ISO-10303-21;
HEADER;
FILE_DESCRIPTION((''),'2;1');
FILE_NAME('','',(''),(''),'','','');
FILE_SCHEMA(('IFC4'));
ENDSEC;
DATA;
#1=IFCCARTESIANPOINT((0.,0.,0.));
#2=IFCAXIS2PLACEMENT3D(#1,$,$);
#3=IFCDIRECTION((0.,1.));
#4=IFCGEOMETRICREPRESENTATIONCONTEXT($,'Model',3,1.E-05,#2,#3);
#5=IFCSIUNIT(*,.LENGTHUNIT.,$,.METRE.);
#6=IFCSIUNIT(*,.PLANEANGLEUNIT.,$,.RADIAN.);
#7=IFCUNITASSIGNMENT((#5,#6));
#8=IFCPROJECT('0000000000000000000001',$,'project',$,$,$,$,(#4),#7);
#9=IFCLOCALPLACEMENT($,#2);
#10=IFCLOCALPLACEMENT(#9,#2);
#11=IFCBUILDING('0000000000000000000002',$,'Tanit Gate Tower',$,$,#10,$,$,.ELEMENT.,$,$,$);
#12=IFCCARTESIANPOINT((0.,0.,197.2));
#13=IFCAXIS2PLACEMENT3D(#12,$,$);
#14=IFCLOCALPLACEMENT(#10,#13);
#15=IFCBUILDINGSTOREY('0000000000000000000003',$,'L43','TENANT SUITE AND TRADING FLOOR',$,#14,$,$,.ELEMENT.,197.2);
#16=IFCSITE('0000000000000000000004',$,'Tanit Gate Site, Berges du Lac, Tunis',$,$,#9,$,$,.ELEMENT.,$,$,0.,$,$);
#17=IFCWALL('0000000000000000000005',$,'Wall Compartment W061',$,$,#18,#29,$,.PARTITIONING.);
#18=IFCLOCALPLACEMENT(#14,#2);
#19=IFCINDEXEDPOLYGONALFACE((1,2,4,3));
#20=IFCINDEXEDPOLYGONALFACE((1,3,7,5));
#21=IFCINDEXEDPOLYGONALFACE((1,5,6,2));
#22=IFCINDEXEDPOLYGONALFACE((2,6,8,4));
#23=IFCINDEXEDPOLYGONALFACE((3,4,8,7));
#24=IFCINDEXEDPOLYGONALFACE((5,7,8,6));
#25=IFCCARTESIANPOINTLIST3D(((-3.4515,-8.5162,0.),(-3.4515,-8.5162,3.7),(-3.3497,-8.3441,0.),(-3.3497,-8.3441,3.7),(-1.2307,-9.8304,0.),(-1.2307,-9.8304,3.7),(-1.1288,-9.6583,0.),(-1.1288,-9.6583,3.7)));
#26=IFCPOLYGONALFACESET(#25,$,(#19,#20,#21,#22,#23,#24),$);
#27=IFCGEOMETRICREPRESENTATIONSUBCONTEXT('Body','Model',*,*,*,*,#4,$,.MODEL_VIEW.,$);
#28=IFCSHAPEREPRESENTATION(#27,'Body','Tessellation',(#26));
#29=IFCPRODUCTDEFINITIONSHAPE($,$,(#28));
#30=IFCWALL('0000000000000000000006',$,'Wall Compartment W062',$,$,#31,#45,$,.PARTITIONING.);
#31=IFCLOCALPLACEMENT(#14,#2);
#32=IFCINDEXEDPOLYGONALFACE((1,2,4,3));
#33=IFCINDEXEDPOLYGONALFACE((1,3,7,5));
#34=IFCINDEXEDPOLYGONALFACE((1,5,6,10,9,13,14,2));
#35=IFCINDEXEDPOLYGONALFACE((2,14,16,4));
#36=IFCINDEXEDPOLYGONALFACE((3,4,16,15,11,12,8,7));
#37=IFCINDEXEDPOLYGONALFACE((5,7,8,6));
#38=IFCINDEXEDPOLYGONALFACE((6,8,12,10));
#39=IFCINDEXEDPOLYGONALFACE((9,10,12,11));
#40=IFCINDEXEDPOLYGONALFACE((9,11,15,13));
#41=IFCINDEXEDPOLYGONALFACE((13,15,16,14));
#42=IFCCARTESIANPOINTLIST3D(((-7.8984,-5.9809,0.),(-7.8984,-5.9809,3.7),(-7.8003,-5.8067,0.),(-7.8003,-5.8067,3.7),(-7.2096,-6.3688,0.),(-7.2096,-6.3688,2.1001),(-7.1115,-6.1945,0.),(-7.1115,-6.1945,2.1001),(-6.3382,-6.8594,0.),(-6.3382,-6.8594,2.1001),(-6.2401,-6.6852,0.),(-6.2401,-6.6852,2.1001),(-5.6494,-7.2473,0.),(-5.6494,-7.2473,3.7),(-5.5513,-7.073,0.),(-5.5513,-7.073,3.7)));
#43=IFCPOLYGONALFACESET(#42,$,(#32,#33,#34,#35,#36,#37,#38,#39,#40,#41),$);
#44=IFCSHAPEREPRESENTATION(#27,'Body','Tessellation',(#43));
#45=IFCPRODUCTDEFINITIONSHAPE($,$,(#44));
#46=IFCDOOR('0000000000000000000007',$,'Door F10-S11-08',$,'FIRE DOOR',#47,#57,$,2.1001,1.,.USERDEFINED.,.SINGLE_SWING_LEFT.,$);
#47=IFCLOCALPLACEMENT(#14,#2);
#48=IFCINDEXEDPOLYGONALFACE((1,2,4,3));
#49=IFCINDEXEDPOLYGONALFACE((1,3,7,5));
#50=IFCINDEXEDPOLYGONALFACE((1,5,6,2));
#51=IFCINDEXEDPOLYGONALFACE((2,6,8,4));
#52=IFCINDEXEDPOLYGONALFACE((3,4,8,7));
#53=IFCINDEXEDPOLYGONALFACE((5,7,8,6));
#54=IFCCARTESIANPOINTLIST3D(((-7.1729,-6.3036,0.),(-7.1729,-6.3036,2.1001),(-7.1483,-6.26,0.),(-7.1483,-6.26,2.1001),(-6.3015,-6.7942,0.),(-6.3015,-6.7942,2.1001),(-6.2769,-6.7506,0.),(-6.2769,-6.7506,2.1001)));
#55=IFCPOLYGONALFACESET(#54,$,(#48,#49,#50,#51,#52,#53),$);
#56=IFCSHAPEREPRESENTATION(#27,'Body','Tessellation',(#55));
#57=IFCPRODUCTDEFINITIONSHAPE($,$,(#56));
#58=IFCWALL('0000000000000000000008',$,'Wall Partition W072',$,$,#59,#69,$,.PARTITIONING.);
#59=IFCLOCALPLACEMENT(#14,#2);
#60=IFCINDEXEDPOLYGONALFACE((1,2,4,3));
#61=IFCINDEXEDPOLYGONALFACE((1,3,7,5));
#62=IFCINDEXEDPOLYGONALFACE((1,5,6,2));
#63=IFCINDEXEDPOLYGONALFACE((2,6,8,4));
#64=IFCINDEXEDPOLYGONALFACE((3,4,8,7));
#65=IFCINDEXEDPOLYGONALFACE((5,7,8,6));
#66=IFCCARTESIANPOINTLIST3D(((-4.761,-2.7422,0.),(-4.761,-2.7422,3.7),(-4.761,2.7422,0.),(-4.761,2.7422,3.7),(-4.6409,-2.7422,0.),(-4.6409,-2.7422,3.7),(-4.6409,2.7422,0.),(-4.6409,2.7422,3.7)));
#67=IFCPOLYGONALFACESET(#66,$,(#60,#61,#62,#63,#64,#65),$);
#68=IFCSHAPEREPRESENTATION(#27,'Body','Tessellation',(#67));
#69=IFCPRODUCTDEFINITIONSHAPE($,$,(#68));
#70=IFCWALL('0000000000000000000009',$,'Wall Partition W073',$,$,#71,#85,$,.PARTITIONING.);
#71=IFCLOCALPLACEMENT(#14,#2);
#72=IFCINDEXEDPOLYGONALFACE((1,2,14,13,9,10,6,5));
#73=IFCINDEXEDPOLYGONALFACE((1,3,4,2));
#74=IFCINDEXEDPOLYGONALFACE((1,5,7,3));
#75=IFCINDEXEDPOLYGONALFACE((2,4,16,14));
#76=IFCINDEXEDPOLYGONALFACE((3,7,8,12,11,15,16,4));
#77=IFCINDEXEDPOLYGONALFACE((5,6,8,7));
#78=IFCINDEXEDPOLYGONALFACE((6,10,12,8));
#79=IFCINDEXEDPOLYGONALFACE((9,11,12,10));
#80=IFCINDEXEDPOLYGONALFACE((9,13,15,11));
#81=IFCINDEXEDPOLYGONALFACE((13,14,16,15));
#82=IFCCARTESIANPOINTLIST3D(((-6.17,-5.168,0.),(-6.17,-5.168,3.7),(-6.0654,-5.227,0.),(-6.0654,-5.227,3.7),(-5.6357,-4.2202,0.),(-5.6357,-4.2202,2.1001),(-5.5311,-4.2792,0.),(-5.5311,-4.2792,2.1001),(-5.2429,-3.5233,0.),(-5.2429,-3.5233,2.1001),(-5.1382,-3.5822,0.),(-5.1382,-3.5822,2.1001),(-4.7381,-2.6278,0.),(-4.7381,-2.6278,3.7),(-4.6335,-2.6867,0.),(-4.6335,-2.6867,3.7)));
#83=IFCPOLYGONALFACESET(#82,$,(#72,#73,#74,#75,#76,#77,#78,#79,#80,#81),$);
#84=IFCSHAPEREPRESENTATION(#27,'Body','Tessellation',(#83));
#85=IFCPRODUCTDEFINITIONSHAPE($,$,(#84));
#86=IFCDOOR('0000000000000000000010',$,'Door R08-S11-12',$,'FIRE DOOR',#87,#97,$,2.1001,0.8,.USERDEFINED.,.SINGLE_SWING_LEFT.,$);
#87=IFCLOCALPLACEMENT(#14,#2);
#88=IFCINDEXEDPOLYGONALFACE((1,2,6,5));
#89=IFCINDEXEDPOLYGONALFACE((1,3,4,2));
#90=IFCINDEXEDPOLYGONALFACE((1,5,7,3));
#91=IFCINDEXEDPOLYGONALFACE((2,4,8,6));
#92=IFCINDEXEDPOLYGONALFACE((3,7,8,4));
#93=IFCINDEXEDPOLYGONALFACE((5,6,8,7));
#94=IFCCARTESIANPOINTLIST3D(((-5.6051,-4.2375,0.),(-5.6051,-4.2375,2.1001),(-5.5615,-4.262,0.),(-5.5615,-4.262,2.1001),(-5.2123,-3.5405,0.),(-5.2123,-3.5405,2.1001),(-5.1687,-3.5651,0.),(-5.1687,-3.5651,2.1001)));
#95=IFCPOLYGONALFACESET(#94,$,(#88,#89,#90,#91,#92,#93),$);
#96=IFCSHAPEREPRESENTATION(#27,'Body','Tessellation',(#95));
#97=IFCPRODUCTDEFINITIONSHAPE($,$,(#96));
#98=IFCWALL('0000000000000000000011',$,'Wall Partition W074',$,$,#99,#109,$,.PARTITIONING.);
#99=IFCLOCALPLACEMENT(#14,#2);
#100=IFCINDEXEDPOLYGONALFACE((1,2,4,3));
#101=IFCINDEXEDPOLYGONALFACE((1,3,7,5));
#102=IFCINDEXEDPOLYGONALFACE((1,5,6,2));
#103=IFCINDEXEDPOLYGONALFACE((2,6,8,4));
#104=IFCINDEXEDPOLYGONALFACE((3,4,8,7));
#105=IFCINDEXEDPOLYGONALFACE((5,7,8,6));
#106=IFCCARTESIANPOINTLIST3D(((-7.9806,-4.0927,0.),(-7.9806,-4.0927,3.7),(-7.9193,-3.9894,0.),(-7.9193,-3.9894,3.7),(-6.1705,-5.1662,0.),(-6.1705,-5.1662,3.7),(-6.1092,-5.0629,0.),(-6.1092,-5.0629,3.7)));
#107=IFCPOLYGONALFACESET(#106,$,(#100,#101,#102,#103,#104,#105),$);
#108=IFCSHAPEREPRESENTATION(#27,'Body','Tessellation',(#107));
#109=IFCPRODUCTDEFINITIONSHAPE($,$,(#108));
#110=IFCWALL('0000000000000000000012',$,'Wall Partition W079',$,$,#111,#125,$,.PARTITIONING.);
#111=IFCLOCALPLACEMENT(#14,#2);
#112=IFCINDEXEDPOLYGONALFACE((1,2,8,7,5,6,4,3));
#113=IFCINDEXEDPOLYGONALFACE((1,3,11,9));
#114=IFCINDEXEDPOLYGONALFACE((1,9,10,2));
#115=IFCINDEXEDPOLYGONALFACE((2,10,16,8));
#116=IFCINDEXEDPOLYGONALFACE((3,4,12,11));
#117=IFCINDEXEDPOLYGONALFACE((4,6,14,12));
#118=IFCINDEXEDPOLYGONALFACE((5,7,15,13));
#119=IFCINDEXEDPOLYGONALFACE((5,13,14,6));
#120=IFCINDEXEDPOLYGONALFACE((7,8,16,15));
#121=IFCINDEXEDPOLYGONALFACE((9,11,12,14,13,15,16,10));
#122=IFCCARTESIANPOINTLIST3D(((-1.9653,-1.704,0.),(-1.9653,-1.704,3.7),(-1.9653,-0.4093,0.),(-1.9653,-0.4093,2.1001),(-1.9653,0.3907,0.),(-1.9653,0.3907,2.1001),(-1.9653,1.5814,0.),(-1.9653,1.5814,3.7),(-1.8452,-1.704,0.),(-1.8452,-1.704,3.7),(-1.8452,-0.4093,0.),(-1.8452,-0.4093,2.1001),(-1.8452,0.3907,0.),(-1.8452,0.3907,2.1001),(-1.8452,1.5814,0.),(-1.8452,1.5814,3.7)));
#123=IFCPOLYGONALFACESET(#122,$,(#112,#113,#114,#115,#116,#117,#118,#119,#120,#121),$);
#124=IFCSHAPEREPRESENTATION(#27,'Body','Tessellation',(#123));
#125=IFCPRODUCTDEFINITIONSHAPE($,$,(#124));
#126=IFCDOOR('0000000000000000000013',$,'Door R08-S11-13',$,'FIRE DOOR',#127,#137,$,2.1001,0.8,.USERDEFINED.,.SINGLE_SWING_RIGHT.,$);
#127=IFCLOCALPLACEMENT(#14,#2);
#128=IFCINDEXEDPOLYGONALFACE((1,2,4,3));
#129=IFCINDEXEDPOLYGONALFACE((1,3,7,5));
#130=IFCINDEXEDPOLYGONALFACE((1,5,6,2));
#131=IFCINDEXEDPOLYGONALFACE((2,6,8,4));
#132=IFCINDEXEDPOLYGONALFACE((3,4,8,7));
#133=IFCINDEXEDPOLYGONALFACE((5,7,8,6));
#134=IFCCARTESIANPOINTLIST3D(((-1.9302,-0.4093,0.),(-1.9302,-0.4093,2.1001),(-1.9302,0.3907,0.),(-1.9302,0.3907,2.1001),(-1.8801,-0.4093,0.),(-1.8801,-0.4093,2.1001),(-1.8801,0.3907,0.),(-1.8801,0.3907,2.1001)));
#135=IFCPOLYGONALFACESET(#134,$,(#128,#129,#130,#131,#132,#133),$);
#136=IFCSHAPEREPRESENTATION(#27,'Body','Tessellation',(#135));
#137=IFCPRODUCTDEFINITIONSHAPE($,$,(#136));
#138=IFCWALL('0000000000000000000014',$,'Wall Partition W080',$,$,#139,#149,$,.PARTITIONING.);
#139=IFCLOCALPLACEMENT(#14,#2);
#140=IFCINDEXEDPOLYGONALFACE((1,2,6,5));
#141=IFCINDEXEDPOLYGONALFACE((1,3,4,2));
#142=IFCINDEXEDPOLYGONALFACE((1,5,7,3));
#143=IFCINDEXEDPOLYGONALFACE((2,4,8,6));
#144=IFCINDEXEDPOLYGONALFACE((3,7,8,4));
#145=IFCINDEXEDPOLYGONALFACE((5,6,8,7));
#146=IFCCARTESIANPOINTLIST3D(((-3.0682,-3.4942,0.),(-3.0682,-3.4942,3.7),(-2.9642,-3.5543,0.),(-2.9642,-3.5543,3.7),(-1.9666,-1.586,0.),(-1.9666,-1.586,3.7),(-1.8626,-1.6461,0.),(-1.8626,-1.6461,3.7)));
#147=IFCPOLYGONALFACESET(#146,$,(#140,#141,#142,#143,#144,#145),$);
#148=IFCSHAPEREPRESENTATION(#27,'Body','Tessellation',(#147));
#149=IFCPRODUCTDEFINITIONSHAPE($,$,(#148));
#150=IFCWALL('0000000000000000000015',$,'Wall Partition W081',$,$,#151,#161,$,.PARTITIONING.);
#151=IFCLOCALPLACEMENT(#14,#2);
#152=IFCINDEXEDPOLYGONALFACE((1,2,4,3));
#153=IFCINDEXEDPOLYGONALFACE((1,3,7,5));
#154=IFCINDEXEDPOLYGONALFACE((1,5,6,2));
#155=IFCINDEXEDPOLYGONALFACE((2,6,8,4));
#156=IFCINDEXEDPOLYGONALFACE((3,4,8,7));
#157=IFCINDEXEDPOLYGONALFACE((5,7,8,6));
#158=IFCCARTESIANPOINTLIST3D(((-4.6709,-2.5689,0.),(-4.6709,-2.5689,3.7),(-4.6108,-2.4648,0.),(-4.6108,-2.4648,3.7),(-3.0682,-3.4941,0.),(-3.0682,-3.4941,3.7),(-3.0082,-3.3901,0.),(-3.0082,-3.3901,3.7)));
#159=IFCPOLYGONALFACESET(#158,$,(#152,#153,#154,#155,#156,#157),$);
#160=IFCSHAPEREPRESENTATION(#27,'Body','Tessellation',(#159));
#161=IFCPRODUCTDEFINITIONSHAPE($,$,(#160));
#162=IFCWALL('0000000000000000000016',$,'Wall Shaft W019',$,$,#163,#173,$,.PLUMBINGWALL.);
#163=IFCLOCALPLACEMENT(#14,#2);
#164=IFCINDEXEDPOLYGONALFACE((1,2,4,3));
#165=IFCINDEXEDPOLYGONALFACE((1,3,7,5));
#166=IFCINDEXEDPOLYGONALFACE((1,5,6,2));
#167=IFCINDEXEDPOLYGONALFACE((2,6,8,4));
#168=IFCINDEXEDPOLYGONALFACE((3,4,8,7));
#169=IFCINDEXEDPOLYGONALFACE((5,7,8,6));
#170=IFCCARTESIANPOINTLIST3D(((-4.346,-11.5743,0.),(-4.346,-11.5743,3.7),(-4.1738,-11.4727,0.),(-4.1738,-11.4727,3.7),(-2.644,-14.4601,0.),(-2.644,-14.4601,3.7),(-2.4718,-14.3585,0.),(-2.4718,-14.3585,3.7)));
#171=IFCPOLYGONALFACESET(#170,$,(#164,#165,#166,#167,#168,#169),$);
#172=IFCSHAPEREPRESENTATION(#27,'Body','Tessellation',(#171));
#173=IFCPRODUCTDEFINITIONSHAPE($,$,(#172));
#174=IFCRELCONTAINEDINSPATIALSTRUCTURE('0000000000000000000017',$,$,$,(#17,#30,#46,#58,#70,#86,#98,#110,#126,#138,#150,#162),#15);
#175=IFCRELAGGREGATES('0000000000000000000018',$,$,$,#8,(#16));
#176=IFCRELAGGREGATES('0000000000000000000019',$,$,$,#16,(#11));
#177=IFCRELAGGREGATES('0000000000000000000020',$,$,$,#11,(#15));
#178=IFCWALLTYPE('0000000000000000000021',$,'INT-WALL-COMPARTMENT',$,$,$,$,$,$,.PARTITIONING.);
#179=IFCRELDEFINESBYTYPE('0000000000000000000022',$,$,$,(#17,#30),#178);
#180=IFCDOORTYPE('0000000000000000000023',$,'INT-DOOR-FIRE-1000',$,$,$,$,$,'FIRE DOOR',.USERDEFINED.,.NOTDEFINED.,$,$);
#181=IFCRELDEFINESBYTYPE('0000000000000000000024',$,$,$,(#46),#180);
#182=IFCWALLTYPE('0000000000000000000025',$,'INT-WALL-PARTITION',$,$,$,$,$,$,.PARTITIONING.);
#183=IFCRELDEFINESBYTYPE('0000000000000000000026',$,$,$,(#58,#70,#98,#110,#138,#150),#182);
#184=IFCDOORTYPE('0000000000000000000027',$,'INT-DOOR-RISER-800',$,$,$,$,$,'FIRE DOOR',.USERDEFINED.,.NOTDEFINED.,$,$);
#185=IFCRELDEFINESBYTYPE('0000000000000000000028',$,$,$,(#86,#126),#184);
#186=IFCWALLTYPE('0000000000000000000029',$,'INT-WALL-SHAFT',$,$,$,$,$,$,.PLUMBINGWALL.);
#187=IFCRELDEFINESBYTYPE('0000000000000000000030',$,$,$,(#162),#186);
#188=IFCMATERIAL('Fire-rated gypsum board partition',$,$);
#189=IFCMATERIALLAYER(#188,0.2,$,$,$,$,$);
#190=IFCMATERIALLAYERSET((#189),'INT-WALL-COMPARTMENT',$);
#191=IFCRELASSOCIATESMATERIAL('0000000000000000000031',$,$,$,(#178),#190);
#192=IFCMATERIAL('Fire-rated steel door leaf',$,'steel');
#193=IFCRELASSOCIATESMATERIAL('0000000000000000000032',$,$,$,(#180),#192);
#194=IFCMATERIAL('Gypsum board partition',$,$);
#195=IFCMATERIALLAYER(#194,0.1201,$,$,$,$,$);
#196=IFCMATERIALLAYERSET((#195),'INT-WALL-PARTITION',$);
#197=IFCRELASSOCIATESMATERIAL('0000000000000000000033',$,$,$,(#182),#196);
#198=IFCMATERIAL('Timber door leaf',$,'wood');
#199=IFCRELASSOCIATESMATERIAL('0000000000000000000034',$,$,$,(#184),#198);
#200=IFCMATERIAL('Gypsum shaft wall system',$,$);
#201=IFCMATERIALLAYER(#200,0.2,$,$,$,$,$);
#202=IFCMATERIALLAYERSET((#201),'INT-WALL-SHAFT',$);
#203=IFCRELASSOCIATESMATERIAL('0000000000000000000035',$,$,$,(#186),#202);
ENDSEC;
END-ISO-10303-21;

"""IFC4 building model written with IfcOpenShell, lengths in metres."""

from ifc_helpers import new_model, si_unit, direction, frame, frame_2d, origin, place, context, subcontext, project, spatial, rectangle, extrude, material, layer, layer_set, type_object, element, fill, save


model = new_model("IFC4")

# Units and contexts
model_context = context("Model", 3, precision=1e-05, world=origin(), true_north=direction((0.0, 1.0)))
body_context = subcontext(model_context, "Body", "Model", "MODEL_VIEW")
ifc_project = project(units=[si_unit("LENGTHUNIT", "METRE"), si_unit("PLANEANGLEUNIT", "RADIAN")], contexts=[model_context])

# Site, building, storey
site_placement = place(None, origin())
site = spatial("IfcSite", under=ifc_project, at=site_placement, Name="Tanit Gate Site, Berges du Lac, Tunis", CompositionType="ELEMENT", RefElevation=0.0)
building_placement = place(site_placement, origin())
building = spatial("IfcBuilding", under=site, at=building_placement, Name="Tanit Gate Tower", CompositionType="ELEMENT")
storey_placement = place(building_placement, frame((0.0, 0.0, 197.2)))
storey = spatial("IfcBuildingStorey", under=building, at=storey_placement, Name="L43", Description="TENANT SUITE AND TRADING FLOOR", CompositionType="ELEMENT", Elevation=197.2)

# Wall
ifc_material_1 = material(Name="Fire-rated gypsum board partition")
ifc_layer_1 = layer(ifc_material_1, 0.2)
ifc_layer_set_1 = layer_set([ifc_layer_1], Name="INT-WALL-COMPARTMENT")
wall_type_1 = type_object("IfcWallType", Name="INT-WALL-COMPARTMENT", PredefinedType="PARTITIONING", material=ifc_layer_set_1)
wall_1_placement = place(storey_placement, frame((-3.4006, -8.4302, 0.0), z_axis=(0.0, 0.0, 1.0), x_axis=(0.860616, -0.509255, 0.0)))
element("IfcWall", 1, at=wall_1_placement, inside=storey, type_object=wall_type_1, Name="Wall Compartment W061", PredefinedType="PARTITIONING", context=body_context, shape_type="SweptSolid", body=[
    extrude(rectangle(XDim=2.5806, YDim=0.2, at=frame_2d((1.2903, 0.0))), origin(), (0.0, 0.0, 1.0), 3.7),
])

# Wall, opening, door
wall_2_placement = place(storey_placement, frame((-7.8494, -5.8938, 0.0), z_axis=(0.0, 0.0, 1.0), x_axis=(0.871363, -0.490638, 0.0)))
wall_2 = element("IfcWall", 2, at=wall_2_placement, inside=storey, type_object=wall_type_1, Name="Wall Compartment W062", PredefinedType="PARTITIONING", context=body_context, shape_type="SweptSolid", body=[
    extrude(rectangle(XDim=2.5811, YDim=0.2, at=frame_2d((1.2905, 0.0))), origin(), (0.0, 0.0, 1.0), 3.7),
])
opening_1_placement = place(wall_2_placement, frame((0.7905, 0.0, 0.0)))
opening_1 = element("IfcOpeningElement", 3, at=opening_1_placement, cuts=wall_2, PredefinedType="OPENING", context=body_context, shape_type="SweptSolid", body=[
    extrude(rectangle(XDim=1.0, YDim=2.1001, at=frame_2d((0.5, 1.05))), frame((0.0, 0.1099, 0.0), z_axis=(0.0, -1.0, 0.0), x_axis=(1.0, 0.0, 0.0)), (0.0, 0.0, 1.0), 0.22),
])
ifc_material_2 = material(Name="Fire-rated steel door leaf", Category="steel")
door_type_1 = type_object("IfcDoorType", Name="INT-DOOR-FIRE-1000", ElementType="FIRE DOOR", OperationType="NOTDEFINED", PredefinedType="USERDEFINED", material=ifc_material_2)
door_1_placement = place(opening_1_placement, origin())
door_1 = element("IfcDoor", 4, at=door_1_placement, inside=storey, type_object=door_type_1, Name="Door F10-S11-08", ObjectType="FIRE DOOR", OperationType="SINGLE_SWING_LEFT", OverallHeight=2.1001, OverallWidth=1.0, PredefinedType="USERDEFINED", context=body_context, shape_type="SweptSolid", body=[
    extrude(rectangle(XDim=1.0, YDim=2.1001, at=frame_2d((0.5, 1.05))), frame((0.0, 0.0249, 0.0), z_axis=(0.0, -1.0, 0.0), x_axis=(1.0, 0.0, 0.0)), (0.0, 0.0, 1.0), 0.05),
])
fill(opening_1, door_1)

# Wall
ifc_material_3 = material(Name="Gypsum board partition")
ifc_layer_2 = layer(ifc_material_3, 0.1201)
ifc_layer_set_2 = layer_set([ifc_layer_2], Name="INT-WALL-PARTITION")
wall_type_2 = type_object("IfcWallType", Name="INT-WALL-PARTITION", PredefinedType="PARTITIONING", material=ifc_layer_set_2)
wall_3_placement = place(storey_placement, frame((-4.7009, -2.7422, 0.0), z_axis=(0.0, 0.0, 1.0), x_axis=(0.0, 1.0, 0.0)))
element("IfcWall", 5, at=wall_3_placement, inside=storey, type_object=wall_type_2, Name="Wall Partition W072", PredefinedType="PARTITIONING", context=body_context, shape_type="SweptSolid", body=[
    extrude(rectangle(XDim=5.4844, YDim=0.1201, at=frame_2d((2.7422, 0.0))), origin(), (0.0, 0.0, 1.0), 3.7),
])

# Wall, opening, door
wall_4_placement = place(storey_placement, frame((-6.1177, -5.1975, 0.0), z_axis=(0.0, 0.0, 1.0), x_axis=(0.491036, 0.871139, 0.0)))
wall_4 = element("IfcWall", 6, at=wall_4_placement, inside=storey, type_object=wall_type_2, Name="Wall Partition W073", PredefinedType="PARTITIONING", context=body_context, shape_type="SweptSolid", body=[
    extrude(rectangle(XDim=2.916, YDim=0.1201, at=frame_2d((1.458, 0.0))), origin(), (0.0, 0.0, 1.0), 3.7),
])
opening_2_placement = place(wall_4_placement, frame((1.0881, 0.0, 0.0)))
opening_2 = element("IfcOpeningElement", 7, at=opening_2_placement, cuts=wall_4, PredefinedType="OPENING", context=body_context, shape_type="SweptSolid", body=[
    extrude(rectangle(XDim=0.8, YDim=2.1001, at=frame_2d((0.3999, 1.05))), frame((0.0, 0.0701, 0.0), z_axis=(0.0, -1.0, 0.0), x_axis=(1.0, 0.0, 0.0)), (0.0, 0.0, 1.0), 0.1401),
])
ifc_material_4 = material(Name="Timber door leaf", Category="wood")
door_type_2 = type_object("IfcDoorType", Name="INT-DOOR-RISER-800", ElementType="FIRE DOOR", OperationType="NOTDEFINED", PredefinedType="USERDEFINED", material=ifc_material_4)
door_2_placement = place(opening_2_placement, origin())
door_2 = element("IfcDoor", 8, at=door_2_placement, inside=storey, type_object=door_type_2, Name="Door R08-S11-12", ObjectType="FIRE DOOR", OperationType="SINGLE_SWING_LEFT", OverallHeight=2.1001, OverallWidth=0.8, PredefinedType="USERDEFINED", context=body_context, shape_type="SweptSolid", body=[
    extrude(rectangle(XDim=0.8, YDim=2.1001, at=frame_2d((0.3999, 1.05))), frame((0.0, 0.0249, 0.0), z_axis=(0.0, -1.0, 0.0), x_axis=(1.0, 0.0, 0.0)), (0.0, 0.0, 1.0), 0.05),
])
fill(opening_2, door_2)

# Wall
wall_5_placement = place(storey_placement, frame((-7.95, -4.041, 0.0), z_axis=(0.0, 0.0, 1.0), x_axis=(0.860112, -0.510104, 0.0)))
element("IfcWall", 9, at=wall_5_placement, inside=storey, type_object=wall_type_2, Name="Wall Partition W074", PredefinedType="PARTITIONING", context=body_context, shape_type="SweptSolid", body=[
    extrude(rectangle(XDim=2.1045, YDim=0.1201, at=frame_2d((1.0522, 0.0))), origin(), (0.0, 0.0, 1.0), 3.7),
])

# Wall, opening, door
wall_6_placement = place(storey_placement, frame((-1.9053, -1.7039, 0.0), z_axis=(0.0, 0.0, 1.0), x_axis=(0.0, 1.0, 0.0)))
wall_6 = element("IfcWall", 10, at=wall_6_placement, inside=storey, type_object=wall_type_2, Name="Wall Partition W079", PredefinedType="PARTITIONING", context=body_context, shape_type="SweptSolid", body=[
    extrude(rectangle(XDim=3.2854, YDim=0.1201, at=frame_2d((1.6426, 0.0))), origin(), (0.0, 0.0, 1.0), 3.7),
])
opening_3_placement = place(wall_6_placement, frame((1.2947, 0.0, 0.0)))
opening_3 = element("IfcOpeningElement", 11, at=opening_3_placement, cuts=wall_6, PredefinedType="OPENING", context=body_context, shape_type="SweptSolid", body=[
    extrude(rectangle(XDim=0.8, YDim=2.1001, at=frame_2d((0.3999, 1.05))), frame((0.0, 0.0701, 0.0), z_axis=(0.0, -1.0, 0.0), x_axis=(1.0, 0.0, 0.0)), (0.0, 0.0, 1.0), 0.1401),
])
door_3_placement = place(opening_3_placement, origin())
door_3 = element("IfcDoor", 12, at=door_3_placement, inside=storey, type_object=door_type_2, Name="Door R08-S11-13", ObjectType="FIRE DOOR", OperationType="SINGLE_SWING_RIGHT", OverallHeight=2.1001, OverallWidth=0.8, PredefinedType="USERDEFINED", context=body_context, shape_type="SweptSolid", body=[
    extrude(rectangle(XDim=0.8, YDim=2.1001, at=frame_2d((0.3999, 1.05))), frame((0.0, 0.0249, 0.0), z_axis=(0.0, -1.0, 0.0), x_axis=(1.0, 0.0, 0.0)), (0.0, 0.0, 1.0), 0.05),
])
fill(opening_3, door_3)

# Walls
wall_7_placement = place(storey_placement, frame((-3.0161, -3.5242, 0.0), z_axis=(0.0, 0.0, 1.0), x_axis=(0.499953, 0.866053, 0.0)))
element("IfcWall", 13, at=wall_7_placement, inside=storey, type_object=wall_type_2, Name="Wall Partition W080", PredefinedType="PARTITIONING", context=body_context, shape_type="SweptSolid", body=[
    extrude(rectangle(XDim=2.2034, YDim=0.1201, at=frame_2d((1.1016, 0.0))), origin(), (0.0, 0.0, 1.0), 3.7),
])
wall_8_placement = place(storey_placement, frame((-4.6409, -2.5168, 0.0), z_axis=(0.0, 0.0, 1.0), x_axis=(0.866043, -0.49997, 0.0)))
element("IfcWall", 14, at=wall_8_placement, inside=storey, type_object=wall_type_2, Name="Wall Partition W081", PredefinedType="PARTITIONING", context=body_context, shape_type="SweptSolid", body=[
    extrude(rectangle(XDim=1.8506, YDim=0.1201, at=frame_2d((0.9253, 0.0))), origin(), (0.0, 0.0, 1.0), 3.7),
])
ifc_material_5 = material(Name="Gypsum shaft wall system")
ifc_layer_3 = layer(ifc_material_5, 0.2)
ifc_layer_set_3 = layer_set([ifc_layer_3], Name="INT-WALL-SHAFT")
wall_type_3 = type_object("IfcWallType", Name="INT-WALL-SHAFT", PredefinedType="PLUMBINGWALL", material=ifc_layer_set_3)
wall_9_placement = place(storey_placement, frame((-2.5579, -14.4094, 0.0), z_axis=(0.0, 0.0, 1.0), x_axis=(-0.507997, 0.861359, 0.0)))
element("IfcWall", 15, at=wall_9_placement, inside=storey, type_object=wall_type_3, Name="Wall Shaft W019", PredefinedType="PLUMBINGWALL", context=body_context, shape_type="SweptSolid", body=[
    extrude(rectangle(XDim=3.3503, YDim=0.2, at=frame_2d((1.6753, 0.0))), origin(), (0.0, 0.0, 1.0), 3.7),
])

save(model, "model.ifc")
